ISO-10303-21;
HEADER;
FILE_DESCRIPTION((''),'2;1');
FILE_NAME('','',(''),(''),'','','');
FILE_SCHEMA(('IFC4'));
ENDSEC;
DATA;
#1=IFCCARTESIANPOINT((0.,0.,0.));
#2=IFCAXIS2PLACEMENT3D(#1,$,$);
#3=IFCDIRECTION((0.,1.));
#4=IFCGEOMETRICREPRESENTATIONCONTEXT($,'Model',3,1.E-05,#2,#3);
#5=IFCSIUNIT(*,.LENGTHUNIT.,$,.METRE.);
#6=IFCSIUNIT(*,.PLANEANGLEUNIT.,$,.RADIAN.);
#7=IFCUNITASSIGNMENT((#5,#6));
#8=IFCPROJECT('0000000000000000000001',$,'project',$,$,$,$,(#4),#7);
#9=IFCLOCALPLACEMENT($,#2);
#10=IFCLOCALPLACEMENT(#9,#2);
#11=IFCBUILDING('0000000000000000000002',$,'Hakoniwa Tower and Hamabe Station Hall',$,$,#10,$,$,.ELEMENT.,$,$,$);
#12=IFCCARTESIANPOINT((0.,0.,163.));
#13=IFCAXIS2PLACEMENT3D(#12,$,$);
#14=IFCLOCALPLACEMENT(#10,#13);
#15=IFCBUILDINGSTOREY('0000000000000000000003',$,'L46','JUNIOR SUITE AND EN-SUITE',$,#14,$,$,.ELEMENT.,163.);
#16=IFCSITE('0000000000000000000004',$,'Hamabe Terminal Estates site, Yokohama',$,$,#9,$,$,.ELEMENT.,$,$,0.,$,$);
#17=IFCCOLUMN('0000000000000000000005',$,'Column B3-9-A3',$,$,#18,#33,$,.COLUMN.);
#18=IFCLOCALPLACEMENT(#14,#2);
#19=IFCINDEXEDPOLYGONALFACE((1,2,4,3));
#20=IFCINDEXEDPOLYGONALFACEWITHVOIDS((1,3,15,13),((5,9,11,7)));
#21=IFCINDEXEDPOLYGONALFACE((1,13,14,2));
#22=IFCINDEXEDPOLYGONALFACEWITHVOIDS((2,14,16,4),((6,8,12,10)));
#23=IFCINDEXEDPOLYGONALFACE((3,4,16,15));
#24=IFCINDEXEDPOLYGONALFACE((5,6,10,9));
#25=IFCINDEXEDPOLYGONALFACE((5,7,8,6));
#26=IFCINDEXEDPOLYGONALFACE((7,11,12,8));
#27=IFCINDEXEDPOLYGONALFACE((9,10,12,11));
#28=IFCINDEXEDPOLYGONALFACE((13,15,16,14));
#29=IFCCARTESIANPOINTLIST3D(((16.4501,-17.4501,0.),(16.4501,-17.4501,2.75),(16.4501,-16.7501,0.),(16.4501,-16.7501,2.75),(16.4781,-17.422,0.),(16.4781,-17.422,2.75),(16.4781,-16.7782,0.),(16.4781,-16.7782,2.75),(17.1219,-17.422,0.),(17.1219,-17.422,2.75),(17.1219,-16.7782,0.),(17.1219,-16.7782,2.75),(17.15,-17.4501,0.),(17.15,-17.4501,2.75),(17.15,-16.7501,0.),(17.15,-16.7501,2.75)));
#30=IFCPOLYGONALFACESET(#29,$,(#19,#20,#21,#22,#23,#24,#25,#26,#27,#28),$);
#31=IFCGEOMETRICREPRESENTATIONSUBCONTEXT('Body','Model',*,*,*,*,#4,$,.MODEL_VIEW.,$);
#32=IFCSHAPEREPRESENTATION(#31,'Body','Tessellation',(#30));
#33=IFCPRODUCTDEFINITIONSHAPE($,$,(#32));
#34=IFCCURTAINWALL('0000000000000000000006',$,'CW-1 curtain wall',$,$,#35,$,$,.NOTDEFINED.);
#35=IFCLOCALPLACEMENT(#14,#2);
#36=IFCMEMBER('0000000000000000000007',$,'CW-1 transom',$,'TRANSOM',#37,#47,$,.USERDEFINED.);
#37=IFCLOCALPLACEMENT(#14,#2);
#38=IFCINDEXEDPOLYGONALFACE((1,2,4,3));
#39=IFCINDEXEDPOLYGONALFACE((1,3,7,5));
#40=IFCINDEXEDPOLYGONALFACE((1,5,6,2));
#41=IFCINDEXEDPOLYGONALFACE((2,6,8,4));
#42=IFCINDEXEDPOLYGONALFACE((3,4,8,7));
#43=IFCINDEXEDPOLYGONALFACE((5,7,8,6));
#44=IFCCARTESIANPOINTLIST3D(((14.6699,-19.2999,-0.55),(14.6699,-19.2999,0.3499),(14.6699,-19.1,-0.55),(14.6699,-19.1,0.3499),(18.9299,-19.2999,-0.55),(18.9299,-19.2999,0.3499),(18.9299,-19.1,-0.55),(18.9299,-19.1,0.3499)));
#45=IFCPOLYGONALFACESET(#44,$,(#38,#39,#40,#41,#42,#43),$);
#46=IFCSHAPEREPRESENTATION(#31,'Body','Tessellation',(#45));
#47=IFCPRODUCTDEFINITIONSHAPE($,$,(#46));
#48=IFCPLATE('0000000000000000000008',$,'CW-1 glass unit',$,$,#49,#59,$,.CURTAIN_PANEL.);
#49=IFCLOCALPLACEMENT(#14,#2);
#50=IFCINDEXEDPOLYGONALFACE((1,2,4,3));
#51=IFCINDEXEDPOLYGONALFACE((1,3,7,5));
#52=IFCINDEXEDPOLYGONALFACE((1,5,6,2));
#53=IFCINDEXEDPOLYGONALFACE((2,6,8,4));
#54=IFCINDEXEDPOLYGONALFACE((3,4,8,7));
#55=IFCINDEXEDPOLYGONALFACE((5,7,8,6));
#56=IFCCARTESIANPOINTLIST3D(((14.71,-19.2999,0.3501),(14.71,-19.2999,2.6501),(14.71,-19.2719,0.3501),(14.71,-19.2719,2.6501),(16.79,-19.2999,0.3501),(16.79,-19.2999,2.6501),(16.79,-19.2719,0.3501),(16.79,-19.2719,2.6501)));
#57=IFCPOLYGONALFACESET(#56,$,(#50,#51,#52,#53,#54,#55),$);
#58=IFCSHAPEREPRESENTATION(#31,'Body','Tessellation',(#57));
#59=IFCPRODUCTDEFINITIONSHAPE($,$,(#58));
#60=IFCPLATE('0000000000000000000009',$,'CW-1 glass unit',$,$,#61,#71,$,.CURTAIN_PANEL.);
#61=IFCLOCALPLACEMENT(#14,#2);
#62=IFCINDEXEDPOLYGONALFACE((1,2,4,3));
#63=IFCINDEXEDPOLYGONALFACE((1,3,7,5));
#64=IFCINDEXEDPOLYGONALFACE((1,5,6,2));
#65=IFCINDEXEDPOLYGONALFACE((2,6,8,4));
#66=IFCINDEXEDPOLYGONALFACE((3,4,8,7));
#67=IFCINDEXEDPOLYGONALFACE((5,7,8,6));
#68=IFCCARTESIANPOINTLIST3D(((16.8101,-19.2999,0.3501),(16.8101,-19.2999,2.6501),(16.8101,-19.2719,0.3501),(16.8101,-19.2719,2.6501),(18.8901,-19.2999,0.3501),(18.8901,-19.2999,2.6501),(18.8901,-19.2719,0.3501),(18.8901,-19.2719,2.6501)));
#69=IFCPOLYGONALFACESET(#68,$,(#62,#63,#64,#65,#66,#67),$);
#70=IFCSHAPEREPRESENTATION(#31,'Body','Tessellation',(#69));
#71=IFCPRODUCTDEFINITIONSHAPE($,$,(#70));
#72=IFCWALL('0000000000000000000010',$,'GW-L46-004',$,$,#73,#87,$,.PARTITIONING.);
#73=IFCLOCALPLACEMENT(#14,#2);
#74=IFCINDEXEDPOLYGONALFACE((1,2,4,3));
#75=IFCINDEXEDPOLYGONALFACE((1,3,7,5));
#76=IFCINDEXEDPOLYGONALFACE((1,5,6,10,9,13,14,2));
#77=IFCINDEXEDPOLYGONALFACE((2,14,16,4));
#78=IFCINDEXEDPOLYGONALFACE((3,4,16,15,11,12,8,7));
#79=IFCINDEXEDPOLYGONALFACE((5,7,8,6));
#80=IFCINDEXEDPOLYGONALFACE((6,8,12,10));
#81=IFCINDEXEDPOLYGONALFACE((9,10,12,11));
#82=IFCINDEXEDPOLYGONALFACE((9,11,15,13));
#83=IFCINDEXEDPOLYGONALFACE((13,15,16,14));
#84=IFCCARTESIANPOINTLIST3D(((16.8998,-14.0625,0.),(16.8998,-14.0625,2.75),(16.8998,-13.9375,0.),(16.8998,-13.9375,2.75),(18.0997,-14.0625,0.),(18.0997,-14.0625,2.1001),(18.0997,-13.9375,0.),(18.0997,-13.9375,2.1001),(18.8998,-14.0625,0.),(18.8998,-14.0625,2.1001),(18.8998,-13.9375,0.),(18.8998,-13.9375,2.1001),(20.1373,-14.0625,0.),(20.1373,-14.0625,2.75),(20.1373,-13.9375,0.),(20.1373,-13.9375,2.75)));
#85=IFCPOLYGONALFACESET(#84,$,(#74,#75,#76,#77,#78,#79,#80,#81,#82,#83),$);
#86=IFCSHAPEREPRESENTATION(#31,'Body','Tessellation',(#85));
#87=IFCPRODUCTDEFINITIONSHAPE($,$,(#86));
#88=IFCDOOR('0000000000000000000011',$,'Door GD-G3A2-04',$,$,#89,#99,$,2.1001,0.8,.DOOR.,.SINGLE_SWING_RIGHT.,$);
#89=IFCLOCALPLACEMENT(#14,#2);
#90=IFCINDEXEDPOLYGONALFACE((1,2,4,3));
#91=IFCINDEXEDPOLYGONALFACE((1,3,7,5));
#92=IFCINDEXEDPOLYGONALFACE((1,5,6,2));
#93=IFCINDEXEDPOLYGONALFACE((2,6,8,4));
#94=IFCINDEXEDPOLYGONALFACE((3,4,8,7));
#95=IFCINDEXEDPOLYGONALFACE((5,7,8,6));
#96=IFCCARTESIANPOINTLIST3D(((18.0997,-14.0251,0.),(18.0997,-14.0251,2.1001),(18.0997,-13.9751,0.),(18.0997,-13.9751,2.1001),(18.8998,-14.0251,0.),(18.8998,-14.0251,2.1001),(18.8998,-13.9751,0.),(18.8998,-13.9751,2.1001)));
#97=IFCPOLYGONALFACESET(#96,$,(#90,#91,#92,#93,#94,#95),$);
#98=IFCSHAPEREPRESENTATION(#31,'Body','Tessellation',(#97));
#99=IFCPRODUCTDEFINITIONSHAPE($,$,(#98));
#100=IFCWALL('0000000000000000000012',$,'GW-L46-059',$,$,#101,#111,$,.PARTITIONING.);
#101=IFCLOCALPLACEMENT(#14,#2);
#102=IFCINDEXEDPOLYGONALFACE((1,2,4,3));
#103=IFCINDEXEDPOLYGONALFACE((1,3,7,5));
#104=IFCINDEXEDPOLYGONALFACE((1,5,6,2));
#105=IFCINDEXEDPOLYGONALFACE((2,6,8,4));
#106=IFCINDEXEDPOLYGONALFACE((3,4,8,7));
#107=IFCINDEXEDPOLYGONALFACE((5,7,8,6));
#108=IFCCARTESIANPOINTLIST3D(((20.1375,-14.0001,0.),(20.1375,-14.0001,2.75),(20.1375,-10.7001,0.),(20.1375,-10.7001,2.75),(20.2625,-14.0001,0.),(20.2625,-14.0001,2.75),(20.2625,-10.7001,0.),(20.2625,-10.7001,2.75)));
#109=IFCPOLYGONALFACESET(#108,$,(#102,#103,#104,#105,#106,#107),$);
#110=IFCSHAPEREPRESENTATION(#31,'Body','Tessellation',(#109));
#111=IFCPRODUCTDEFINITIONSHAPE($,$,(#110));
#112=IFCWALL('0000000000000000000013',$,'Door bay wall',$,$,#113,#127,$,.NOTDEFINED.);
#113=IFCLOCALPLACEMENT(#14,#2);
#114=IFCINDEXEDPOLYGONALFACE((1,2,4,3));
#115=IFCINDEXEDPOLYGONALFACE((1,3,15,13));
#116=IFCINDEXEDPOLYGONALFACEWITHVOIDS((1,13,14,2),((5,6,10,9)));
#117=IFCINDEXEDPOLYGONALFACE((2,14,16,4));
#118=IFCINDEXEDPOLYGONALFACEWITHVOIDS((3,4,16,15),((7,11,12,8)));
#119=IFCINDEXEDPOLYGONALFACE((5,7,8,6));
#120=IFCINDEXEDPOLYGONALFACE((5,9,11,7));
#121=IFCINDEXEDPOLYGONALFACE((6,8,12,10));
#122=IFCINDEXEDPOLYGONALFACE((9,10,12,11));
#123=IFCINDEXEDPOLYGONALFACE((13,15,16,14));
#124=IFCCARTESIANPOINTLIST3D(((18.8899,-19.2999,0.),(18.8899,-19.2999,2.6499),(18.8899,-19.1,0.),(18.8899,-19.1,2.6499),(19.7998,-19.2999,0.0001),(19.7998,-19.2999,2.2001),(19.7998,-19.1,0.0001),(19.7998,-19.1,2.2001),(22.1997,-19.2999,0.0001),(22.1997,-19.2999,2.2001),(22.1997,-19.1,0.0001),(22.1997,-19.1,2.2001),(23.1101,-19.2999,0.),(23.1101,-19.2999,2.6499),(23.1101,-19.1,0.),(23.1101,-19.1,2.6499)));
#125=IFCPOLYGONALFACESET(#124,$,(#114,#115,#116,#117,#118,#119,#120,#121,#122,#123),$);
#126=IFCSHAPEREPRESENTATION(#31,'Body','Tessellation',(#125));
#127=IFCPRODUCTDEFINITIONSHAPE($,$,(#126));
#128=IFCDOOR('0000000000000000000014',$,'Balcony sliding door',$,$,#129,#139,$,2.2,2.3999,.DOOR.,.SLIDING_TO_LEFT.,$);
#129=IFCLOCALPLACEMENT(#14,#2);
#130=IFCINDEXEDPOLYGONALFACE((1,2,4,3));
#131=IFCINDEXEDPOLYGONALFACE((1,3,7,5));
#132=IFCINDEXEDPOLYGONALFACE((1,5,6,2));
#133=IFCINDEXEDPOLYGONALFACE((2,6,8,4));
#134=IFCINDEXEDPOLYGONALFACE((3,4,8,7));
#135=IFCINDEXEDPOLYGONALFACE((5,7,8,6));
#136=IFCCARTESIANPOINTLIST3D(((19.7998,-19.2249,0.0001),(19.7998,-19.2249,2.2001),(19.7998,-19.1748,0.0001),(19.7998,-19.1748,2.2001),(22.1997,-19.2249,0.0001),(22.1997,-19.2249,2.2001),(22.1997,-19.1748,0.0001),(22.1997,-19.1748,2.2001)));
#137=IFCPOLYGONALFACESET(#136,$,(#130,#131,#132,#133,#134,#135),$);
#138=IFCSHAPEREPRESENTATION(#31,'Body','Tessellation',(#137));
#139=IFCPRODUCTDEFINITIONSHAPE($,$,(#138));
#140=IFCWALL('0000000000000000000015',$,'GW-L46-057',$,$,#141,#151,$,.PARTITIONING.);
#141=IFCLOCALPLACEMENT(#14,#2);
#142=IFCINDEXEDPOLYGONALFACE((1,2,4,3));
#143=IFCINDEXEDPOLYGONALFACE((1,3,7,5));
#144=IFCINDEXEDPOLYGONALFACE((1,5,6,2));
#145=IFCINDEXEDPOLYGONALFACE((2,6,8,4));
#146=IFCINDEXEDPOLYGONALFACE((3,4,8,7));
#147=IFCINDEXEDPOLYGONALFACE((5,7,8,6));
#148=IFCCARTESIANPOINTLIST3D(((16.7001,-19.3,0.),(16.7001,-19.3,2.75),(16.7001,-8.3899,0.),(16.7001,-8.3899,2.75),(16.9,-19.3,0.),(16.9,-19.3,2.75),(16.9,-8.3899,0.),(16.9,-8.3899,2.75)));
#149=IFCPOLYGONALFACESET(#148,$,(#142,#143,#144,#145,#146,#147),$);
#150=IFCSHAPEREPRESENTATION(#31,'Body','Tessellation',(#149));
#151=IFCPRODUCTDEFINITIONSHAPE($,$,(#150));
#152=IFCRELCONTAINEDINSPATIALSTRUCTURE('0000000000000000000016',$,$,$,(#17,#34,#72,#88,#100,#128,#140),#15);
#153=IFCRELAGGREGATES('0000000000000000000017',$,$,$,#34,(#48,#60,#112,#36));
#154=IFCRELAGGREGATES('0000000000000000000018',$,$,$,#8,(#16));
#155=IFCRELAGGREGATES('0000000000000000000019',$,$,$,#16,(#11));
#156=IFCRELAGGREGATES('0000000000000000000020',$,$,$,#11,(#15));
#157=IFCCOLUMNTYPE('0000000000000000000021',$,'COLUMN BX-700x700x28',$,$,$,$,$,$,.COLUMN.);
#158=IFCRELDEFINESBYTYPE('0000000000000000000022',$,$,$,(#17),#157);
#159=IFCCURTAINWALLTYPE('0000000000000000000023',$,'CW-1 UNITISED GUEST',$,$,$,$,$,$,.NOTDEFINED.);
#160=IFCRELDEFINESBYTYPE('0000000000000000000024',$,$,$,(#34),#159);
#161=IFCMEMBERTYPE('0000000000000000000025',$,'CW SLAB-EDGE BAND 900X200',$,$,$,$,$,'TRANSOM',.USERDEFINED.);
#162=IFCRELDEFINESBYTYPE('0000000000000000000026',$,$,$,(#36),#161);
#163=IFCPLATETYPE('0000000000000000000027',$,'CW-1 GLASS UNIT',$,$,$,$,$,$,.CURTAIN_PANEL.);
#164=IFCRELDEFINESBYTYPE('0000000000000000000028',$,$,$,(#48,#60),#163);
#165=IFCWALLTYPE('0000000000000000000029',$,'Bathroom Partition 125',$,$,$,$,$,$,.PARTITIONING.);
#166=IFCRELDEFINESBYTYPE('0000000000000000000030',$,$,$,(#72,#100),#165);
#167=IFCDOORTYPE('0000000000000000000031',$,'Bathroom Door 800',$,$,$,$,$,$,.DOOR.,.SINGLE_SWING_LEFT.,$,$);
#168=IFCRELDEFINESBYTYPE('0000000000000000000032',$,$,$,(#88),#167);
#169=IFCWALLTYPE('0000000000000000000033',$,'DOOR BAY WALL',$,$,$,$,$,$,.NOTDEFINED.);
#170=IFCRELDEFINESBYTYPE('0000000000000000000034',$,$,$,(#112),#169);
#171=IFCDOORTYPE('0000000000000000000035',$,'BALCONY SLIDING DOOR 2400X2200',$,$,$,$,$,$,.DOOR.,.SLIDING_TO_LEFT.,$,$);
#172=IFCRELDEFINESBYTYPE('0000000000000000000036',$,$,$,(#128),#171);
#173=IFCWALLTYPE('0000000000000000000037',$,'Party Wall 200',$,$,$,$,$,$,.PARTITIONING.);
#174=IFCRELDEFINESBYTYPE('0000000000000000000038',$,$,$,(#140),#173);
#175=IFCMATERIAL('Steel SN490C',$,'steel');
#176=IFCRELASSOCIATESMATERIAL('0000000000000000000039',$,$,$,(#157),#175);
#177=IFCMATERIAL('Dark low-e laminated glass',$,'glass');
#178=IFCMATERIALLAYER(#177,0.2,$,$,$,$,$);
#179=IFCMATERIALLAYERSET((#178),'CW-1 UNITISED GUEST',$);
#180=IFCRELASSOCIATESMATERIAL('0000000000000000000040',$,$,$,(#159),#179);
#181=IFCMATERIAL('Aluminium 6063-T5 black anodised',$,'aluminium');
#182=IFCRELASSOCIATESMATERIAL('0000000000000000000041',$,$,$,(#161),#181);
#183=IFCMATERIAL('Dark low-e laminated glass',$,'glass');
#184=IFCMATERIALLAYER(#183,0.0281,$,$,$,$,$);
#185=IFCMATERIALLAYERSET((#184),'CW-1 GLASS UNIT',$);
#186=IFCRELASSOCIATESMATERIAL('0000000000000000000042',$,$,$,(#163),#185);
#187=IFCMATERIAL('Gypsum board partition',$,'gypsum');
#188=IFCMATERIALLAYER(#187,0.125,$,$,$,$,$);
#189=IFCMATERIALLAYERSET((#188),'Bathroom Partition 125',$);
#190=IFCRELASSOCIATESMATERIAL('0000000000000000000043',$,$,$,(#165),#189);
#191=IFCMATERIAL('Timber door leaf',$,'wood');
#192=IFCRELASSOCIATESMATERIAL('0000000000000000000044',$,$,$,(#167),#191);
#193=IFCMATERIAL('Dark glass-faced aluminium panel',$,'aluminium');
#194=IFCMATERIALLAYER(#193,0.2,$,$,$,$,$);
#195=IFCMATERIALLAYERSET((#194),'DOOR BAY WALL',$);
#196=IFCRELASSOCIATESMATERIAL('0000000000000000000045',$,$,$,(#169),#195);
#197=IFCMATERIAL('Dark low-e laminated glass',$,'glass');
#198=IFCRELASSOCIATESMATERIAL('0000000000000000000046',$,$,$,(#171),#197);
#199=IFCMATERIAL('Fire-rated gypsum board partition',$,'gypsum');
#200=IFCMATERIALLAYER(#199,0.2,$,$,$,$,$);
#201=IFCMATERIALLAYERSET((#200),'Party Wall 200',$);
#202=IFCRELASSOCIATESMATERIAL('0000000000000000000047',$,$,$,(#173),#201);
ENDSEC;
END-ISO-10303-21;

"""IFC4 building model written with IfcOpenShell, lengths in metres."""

from ifc_helpers import new_model, si_unit, direction, frame, frame_2d, origin, origin_2d, place, context, subcontext, project, spatial, rectangle, hollow_rectangle, extrude, material, layer, layer_set, material_profile, profile_set, type_object, element, fill, aggregate, save


model = new_model("IFC4")

# Units and contexts
model_context = context("Model", 3, precision=1e-05, world=origin(), true_north=direction((0.0, 1.0)))
body_context = subcontext(model_context, "Body", "Model", "MODEL_VIEW")
ifc_project = project(units=[si_unit("LENGTHUNIT", "METRE"), si_unit("PLANEANGLEUNIT", "RADIAN")], contexts=[model_context])

# Site, building, storey
site_placement = place(None, origin())
site = spatial("IfcSite", under=ifc_project, at=site_placement, Name="Hamabe Terminal Estates site, Yokohama", CompositionType="ELEMENT", RefElevation=0.0)
building_placement = place(site_placement, origin())
building = spatial("IfcBuilding", under=site, at=building_placement, Name="Hakoniwa Tower and Hamabe Station Hall", CompositionType="ELEMENT")
storey_placement = place(building_placement, frame((0.0, 0.0, 163.0)))
storey = spatial("IfcBuildingStorey", under=building, at=storey_placement, Name="L46", Description="JUNIOR SUITE AND EN-SUITE", CompositionType="ELEMENT", Elevation=163.0)

# Column
ifc_material_1 = material(Name="Steel SN490C", Category="steel")
ifc_material_profile_1 = material_profile(ifc_material_1, hollow_rectangle(XDim=0.7, YDim=0.7, WallThickness=0.0281, at=origin_2d()), Name="BX-700x700x28")
ifc_profile_set_1 = profile_set([ifc_material_profile_1], Name="Steel SN490C")
column_type = type_object("IfcColumnType", Name="COLUMN BX-700x700x28", PredefinedType="COLUMN", material=ifc_profile_set_1)
column_placement = place(storey_placement, frame((16.8, -17.1001, 0.0), z_axis=(0.0, 0.0, 1.0), x_axis=(1.0, 0.0, 0.0)))
element("IfcColumn", 1, at=column_placement, inside=storey, type_object=column_type, Name="Column B3-9-A3", PredefinedType="COLUMN", context=body_context, shape_type="SweptSolid", body=[
    extrude(hollow_rectangle(XDim=0.7, YDim=0.7, WallThickness=0.0281, at=origin_2d()), origin(), (0.0, 0.0, 1.0), 2.75),
])

# Curtain wall, member, plates
ifc_material_2 = material(Name="Dark low-e laminated glass", Category="glass")
ifc_layer_1 = layer(ifc_material_2, 0.2)
ifc_layer_set_1 = layer_set([ifc_layer_1], Name="CW-1 UNITISED GUEST")
curtain_wall_type = type_object("IfcCurtainWallType", Name="CW-1 UNITISED GUEST", PredefinedType="NOTDEFINED", material=ifc_layer_set_1)
curtain_wall_placement = place(storey_placement, origin())
curtain_wall = element("IfcCurtainWall", 2, at=curtain_wall_placement, inside=storey, type_object=curtain_wall_type, Name="CW-1 curtain wall", PredefinedType="NOTDEFINED")
ifc_material_3 = material(Name="Aluminium 6063-T5 black anodised", Category="aluminium")
ifc_material_profile_2 = material_profile(ifc_material_3, rectangle(XDim=0.2, YDim=0.8999, at=origin_2d()), Name="CW SLAB-EDGE BAND 900X200")
ifc_profile_set_2 = profile_set([ifc_material_profile_2], Name="Aluminium 6063-T5 black anodised")
member_type = type_object("IfcMemberType", Name="CW SLAB-EDGE BAND 900X200", ElementType="TRANSOM", PredefinedType="USERDEFINED", material=ifc_profile_set_2)
member_placement = place(storey_placement, frame((14.6699, -19.2, -0.1001), z_axis=(1.0, 0.0, 0.0), x_axis=(0.0, 1.0, 0.0)))
member = element("IfcMember", 3, at=member_placement, type_object=member_type, Name="CW-1 transom", ObjectType="TRANSOM", PredefinedType="USERDEFINED", context=body_context, shape_type="SweptSolid", body=[
    extrude(rectangle(XDim=0.2, YDim=0.8999, at=origin_2d()), origin(), (0.0, 0.0, 1.0), 4.26),
])
ifc_material_4 = material(Name="Dark low-e laminated glass", Category="glass")
ifc_layer_2 = layer(ifc_material_4, 0.0281)
ifc_layer_set_2 = layer_set([ifc_layer_2], Name="CW-1 GLASS UNIT")
plate_type = type_object("IfcPlateType", Name="CW-1 GLASS UNIT", PredefinedType="CURTAIN_PANEL", material=ifc_layer_set_2)
plate_1_placement = place(storey_placement, frame((15.75, -19.2859, 0.3501), z_axis=(0.0, 0.0, 1.0), x_axis=(1.0, 0.0, 0.0)))
plate_1 = element("IfcPlate", 4, at=plate_1_placement, type_object=plate_type, Name="CW-1 glass unit", PredefinedType="CURTAIN_PANEL", context=body_context, shape_type="SweptSolid", body=[
    extrude(rectangle(XDim=2.0801, YDim=0.0281, at=origin_2d()), origin(), (0.0, 0.0, 1.0), 2.3),
])
plate_2_placement = place(storey_placement, frame((17.8501, -19.2859, 0.3501), z_axis=(0.0, 0.0, 1.0), x_axis=(1.0, 0.0, 0.0)))
plate_2 = element("IfcPlate", 5, at=plate_2_placement, type_object=plate_type, Name="CW-1 glass unit", PredefinedType="CURTAIN_PANEL", context=body_context, shape_type="SweptSolid", body=[
    extrude(rectangle(XDim=2.0801, YDim=0.0281, at=origin_2d()), origin(), (0.0, 0.0, 1.0), 2.3),
])

# Wall, opening, door
ifc_material_5 = material(Name="Gypsum board partition", Category="gypsum")
ifc_layer_3 = layer(ifc_material_5, 0.125)
ifc_layer_set_3 = layer_set([ifc_layer_3], Name="Bathroom Partition 125")
wall_type_1 = type_object("IfcWallType", Name="Bathroom Partition 125", PredefinedType="PARTITIONING", material=ifc_layer_set_3)
wall_1_placement = place(storey_placement, frame((16.8999, -14.0, 0.0), z_axis=(0.0, 0.0, 1.0), x_axis=(1.0, 0.0, 0.0)))
wall_1 = element("IfcWall", 6, at=wall_1_placement, inside=storey, type_object=wall_type_1, Name="GW-L46-004", PredefinedType="PARTITIONING", context=body_context, shape_type="SweptSolid", body=[
    extrude(rectangle(XDim=3.2375, YDim=0.125, at=frame_2d((1.6187, 0.0))), origin(), (0.0, 0.0, 1.0), 2.75),
])
opening_1_placement = place(wall_1_placement, frame((1.2, 0.0, 0.0)))
opening_1 = element("IfcOpeningElement", 7, at=opening_1_placement, cuts=wall_1, PredefinedType="OPENING", context=body_context, shape_type="SweptSolid", body=[
    extrude(rectangle(XDim=0.8, YDim=2.1001, at=frame_2d((0.3999, 1.05))), frame((0.0, 0.0725, 0.0), z_axis=(0.0, -1.0, 0.0), x_axis=(1.0, 0.0, 0.0)), (0.0, 0.0, 1.0), 0.145),
])
ifc_material_6 = material(Name="Timber door leaf", Category="wood")
door_type_1 = type_object("IfcDoorType", Name="Bathroom Door 800", OperationType="SINGLE_SWING_LEFT", PredefinedType="DOOR", material=ifc_material_6)
door_1_placement = place(opening_1_placement, origin())
door_1 = element("IfcDoor", 8, at=door_1_placement, inside=storey, type_object=door_type_1, Name="Door GD-G3A2-04", OperationType="SINGLE_SWING_RIGHT", OverallHeight=2.1001, OverallWidth=0.8, PredefinedType="DOOR", context=body_context, shape_type="SweptSolid", body=[
    extrude(rectangle(XDim=0.8, YDim=2.1001, at=frame_2d((0.3999, 1.05))), frame((0.0, 0.0249, 0.0), z_axis=(0.0, -1.0, 0.0), x_axis=(1.0, 0.0, 0.0)), (0.0, 0.0, 1.0), 0.05),
])
fill(opening_1, door_1)

# Wall
wall_2_placement = place(storey_placement, frame((20.2, -14.0, 0.0), z_axis=(0.0, 0.0, 1.0), x_axis=(0.0, 1.0, 0.0)))
element("IfcWall", 9, at=wall_2_placement, inside=storey, type_object=wall_type_1, Name="GW-L46-059", PredefinedType="PARTITIONING", context=body_context, shape_type="SweptSolid", body=[
    extrude(rectangle(XDim=3.3, YDim=0.125, at=frame_2d((1.6499, 0.0))), origin(), (0.0, 0.0, 1.0), 2.75),
])

# Wall, opening, door
ifc_material_7 = material(Name="Dark glass-faced aluminium panel", Category="aluminium")
ifc_layer_4 = layer(ifc_material_7, 0.2)
ifc_layer_set_4 = layer_set([ifc_layer_4], Name="DOOR BAY WALL")
wall_type_2 = type_object("IfcWallType", Name="DOOR BAY WALL", PredefinedType="NOTDEFINED", material=ifc_layer_set_4)
wall_3_placement = place(storey_placement, frame((18.8899, -19.2, 0.0), z_axis=(0.0, 0.0, 1.0), x_axis=(1.0, 0.0, 0.0)))
wall_3 = element("IfcWall", 10, at=wall_3_placement, type_object=wall_type_2, Name="Door bay wall", PredefinedType="NOTDEFINED", context=body_context, shape_type="SweptSolid", body=[
    extrude(rectangle(XDim=4.2202, YDim=0.2, at=frame_2d((2.1101, 0.0))), origin(), (0.0, 0.0, 1.0), 2.6499),
])
opening_2_placement = place(wall_3_placement, frame((0.9099, 0.0, 0.0)))
opening_2 = element("IfcOpeningElement", 11, at=opening_2_placement, cuts=wall_3, PredefinedType="OPENING", context=body_context, shape_type="SweptSolid", body=[
    extrude(rectangle(XDim=2.3999, YDim=2.2, at=frame_2d((1.2, 1.1001))), frame((0.0, 0.1099, 0.0), z_axis=(0.0, -1.0, 0.0), x_axis=(1.0, 0.0, 0.0)), (0.0, 0.0, 1.0), 0.22),
])
ifc_material_8 = material(Name="Dark low-e laminated glass", Category="glass")
door_type_2 = type_object("IfcDoorType", Name="BALCONY SLIDING DOOR 2400X2200", OperationType="SLIDING_TO_LEFT", PredefinedType="DOOR", material=ifc_material_8)
door_2_placement = place(opening_2_placement, frame((2.3999, 0.0, 0.0), z_axis=(0.0, 0.0, 1.0), x_axis=(-1.0, 0.0, 0.0)))
door_2 = element("IfcDoor", 12, at=door_2_placement, inside=storey, type_object=door_type_2, Name="Balcony sliding door", OperationType="SLIDING_TO_LEFT", OverallHeight=2.2, OverallWidth=2.3999, PredefinedType="DOOR", context=body_context, shape_type="SweptSolid", body=[
    extrude(rectangle(XDim=2.3999, YDim=2.2, at=frame_2d((1.2, 1.1001))), frame((0.0, 0.0249, 0.0), z_axis=(0.0, -1.0, 0.0), x_axis=(1.0, 0.0, 0.0)), (0.0, 0.0, 1.0), 0.05),
])
fill(opening_2, door_2)
aggregate(curtain_wall, [plate_1, plate_2, wall_3, member])

# Wall
ifc_material_9 = material(Name="Fire-rated gypsum board partition", Category="gypsum")
ifc_layer_5 = layer(ifc_material_9, 0.2)
ifc_layer_set_5 = layer_set([ifc_layer_5], Name="Party Wall 200")
wall_type_3 = type_object("IfcWallType", Name="Party Wall 200", PredefinedType="PARTITIONING", material=ifc_layer_set_5)
wall_4_placement = place(storey_placement, frame((16.8, -19.3, 0.0), z_axis=(0.0, 0.0, 1.0), x_axis=(0.0, 1.0, 0.0)))
element("IfcWall", 13, at=wall_4_placement, inside=storey, type_object=wall_type_3, Name="GW-L46-057", PredefinedType="PARTITIONING", context=body_context, shape_type="SweptSolid", body=[
    extrude(rectangle(XDim=10.9102, YDim=0.2, at=frame_2d((5.4551, 0.0))), origin(), (0.0, 0.0, 1.0), 2.75),
])

save(model, "model.ifc")
